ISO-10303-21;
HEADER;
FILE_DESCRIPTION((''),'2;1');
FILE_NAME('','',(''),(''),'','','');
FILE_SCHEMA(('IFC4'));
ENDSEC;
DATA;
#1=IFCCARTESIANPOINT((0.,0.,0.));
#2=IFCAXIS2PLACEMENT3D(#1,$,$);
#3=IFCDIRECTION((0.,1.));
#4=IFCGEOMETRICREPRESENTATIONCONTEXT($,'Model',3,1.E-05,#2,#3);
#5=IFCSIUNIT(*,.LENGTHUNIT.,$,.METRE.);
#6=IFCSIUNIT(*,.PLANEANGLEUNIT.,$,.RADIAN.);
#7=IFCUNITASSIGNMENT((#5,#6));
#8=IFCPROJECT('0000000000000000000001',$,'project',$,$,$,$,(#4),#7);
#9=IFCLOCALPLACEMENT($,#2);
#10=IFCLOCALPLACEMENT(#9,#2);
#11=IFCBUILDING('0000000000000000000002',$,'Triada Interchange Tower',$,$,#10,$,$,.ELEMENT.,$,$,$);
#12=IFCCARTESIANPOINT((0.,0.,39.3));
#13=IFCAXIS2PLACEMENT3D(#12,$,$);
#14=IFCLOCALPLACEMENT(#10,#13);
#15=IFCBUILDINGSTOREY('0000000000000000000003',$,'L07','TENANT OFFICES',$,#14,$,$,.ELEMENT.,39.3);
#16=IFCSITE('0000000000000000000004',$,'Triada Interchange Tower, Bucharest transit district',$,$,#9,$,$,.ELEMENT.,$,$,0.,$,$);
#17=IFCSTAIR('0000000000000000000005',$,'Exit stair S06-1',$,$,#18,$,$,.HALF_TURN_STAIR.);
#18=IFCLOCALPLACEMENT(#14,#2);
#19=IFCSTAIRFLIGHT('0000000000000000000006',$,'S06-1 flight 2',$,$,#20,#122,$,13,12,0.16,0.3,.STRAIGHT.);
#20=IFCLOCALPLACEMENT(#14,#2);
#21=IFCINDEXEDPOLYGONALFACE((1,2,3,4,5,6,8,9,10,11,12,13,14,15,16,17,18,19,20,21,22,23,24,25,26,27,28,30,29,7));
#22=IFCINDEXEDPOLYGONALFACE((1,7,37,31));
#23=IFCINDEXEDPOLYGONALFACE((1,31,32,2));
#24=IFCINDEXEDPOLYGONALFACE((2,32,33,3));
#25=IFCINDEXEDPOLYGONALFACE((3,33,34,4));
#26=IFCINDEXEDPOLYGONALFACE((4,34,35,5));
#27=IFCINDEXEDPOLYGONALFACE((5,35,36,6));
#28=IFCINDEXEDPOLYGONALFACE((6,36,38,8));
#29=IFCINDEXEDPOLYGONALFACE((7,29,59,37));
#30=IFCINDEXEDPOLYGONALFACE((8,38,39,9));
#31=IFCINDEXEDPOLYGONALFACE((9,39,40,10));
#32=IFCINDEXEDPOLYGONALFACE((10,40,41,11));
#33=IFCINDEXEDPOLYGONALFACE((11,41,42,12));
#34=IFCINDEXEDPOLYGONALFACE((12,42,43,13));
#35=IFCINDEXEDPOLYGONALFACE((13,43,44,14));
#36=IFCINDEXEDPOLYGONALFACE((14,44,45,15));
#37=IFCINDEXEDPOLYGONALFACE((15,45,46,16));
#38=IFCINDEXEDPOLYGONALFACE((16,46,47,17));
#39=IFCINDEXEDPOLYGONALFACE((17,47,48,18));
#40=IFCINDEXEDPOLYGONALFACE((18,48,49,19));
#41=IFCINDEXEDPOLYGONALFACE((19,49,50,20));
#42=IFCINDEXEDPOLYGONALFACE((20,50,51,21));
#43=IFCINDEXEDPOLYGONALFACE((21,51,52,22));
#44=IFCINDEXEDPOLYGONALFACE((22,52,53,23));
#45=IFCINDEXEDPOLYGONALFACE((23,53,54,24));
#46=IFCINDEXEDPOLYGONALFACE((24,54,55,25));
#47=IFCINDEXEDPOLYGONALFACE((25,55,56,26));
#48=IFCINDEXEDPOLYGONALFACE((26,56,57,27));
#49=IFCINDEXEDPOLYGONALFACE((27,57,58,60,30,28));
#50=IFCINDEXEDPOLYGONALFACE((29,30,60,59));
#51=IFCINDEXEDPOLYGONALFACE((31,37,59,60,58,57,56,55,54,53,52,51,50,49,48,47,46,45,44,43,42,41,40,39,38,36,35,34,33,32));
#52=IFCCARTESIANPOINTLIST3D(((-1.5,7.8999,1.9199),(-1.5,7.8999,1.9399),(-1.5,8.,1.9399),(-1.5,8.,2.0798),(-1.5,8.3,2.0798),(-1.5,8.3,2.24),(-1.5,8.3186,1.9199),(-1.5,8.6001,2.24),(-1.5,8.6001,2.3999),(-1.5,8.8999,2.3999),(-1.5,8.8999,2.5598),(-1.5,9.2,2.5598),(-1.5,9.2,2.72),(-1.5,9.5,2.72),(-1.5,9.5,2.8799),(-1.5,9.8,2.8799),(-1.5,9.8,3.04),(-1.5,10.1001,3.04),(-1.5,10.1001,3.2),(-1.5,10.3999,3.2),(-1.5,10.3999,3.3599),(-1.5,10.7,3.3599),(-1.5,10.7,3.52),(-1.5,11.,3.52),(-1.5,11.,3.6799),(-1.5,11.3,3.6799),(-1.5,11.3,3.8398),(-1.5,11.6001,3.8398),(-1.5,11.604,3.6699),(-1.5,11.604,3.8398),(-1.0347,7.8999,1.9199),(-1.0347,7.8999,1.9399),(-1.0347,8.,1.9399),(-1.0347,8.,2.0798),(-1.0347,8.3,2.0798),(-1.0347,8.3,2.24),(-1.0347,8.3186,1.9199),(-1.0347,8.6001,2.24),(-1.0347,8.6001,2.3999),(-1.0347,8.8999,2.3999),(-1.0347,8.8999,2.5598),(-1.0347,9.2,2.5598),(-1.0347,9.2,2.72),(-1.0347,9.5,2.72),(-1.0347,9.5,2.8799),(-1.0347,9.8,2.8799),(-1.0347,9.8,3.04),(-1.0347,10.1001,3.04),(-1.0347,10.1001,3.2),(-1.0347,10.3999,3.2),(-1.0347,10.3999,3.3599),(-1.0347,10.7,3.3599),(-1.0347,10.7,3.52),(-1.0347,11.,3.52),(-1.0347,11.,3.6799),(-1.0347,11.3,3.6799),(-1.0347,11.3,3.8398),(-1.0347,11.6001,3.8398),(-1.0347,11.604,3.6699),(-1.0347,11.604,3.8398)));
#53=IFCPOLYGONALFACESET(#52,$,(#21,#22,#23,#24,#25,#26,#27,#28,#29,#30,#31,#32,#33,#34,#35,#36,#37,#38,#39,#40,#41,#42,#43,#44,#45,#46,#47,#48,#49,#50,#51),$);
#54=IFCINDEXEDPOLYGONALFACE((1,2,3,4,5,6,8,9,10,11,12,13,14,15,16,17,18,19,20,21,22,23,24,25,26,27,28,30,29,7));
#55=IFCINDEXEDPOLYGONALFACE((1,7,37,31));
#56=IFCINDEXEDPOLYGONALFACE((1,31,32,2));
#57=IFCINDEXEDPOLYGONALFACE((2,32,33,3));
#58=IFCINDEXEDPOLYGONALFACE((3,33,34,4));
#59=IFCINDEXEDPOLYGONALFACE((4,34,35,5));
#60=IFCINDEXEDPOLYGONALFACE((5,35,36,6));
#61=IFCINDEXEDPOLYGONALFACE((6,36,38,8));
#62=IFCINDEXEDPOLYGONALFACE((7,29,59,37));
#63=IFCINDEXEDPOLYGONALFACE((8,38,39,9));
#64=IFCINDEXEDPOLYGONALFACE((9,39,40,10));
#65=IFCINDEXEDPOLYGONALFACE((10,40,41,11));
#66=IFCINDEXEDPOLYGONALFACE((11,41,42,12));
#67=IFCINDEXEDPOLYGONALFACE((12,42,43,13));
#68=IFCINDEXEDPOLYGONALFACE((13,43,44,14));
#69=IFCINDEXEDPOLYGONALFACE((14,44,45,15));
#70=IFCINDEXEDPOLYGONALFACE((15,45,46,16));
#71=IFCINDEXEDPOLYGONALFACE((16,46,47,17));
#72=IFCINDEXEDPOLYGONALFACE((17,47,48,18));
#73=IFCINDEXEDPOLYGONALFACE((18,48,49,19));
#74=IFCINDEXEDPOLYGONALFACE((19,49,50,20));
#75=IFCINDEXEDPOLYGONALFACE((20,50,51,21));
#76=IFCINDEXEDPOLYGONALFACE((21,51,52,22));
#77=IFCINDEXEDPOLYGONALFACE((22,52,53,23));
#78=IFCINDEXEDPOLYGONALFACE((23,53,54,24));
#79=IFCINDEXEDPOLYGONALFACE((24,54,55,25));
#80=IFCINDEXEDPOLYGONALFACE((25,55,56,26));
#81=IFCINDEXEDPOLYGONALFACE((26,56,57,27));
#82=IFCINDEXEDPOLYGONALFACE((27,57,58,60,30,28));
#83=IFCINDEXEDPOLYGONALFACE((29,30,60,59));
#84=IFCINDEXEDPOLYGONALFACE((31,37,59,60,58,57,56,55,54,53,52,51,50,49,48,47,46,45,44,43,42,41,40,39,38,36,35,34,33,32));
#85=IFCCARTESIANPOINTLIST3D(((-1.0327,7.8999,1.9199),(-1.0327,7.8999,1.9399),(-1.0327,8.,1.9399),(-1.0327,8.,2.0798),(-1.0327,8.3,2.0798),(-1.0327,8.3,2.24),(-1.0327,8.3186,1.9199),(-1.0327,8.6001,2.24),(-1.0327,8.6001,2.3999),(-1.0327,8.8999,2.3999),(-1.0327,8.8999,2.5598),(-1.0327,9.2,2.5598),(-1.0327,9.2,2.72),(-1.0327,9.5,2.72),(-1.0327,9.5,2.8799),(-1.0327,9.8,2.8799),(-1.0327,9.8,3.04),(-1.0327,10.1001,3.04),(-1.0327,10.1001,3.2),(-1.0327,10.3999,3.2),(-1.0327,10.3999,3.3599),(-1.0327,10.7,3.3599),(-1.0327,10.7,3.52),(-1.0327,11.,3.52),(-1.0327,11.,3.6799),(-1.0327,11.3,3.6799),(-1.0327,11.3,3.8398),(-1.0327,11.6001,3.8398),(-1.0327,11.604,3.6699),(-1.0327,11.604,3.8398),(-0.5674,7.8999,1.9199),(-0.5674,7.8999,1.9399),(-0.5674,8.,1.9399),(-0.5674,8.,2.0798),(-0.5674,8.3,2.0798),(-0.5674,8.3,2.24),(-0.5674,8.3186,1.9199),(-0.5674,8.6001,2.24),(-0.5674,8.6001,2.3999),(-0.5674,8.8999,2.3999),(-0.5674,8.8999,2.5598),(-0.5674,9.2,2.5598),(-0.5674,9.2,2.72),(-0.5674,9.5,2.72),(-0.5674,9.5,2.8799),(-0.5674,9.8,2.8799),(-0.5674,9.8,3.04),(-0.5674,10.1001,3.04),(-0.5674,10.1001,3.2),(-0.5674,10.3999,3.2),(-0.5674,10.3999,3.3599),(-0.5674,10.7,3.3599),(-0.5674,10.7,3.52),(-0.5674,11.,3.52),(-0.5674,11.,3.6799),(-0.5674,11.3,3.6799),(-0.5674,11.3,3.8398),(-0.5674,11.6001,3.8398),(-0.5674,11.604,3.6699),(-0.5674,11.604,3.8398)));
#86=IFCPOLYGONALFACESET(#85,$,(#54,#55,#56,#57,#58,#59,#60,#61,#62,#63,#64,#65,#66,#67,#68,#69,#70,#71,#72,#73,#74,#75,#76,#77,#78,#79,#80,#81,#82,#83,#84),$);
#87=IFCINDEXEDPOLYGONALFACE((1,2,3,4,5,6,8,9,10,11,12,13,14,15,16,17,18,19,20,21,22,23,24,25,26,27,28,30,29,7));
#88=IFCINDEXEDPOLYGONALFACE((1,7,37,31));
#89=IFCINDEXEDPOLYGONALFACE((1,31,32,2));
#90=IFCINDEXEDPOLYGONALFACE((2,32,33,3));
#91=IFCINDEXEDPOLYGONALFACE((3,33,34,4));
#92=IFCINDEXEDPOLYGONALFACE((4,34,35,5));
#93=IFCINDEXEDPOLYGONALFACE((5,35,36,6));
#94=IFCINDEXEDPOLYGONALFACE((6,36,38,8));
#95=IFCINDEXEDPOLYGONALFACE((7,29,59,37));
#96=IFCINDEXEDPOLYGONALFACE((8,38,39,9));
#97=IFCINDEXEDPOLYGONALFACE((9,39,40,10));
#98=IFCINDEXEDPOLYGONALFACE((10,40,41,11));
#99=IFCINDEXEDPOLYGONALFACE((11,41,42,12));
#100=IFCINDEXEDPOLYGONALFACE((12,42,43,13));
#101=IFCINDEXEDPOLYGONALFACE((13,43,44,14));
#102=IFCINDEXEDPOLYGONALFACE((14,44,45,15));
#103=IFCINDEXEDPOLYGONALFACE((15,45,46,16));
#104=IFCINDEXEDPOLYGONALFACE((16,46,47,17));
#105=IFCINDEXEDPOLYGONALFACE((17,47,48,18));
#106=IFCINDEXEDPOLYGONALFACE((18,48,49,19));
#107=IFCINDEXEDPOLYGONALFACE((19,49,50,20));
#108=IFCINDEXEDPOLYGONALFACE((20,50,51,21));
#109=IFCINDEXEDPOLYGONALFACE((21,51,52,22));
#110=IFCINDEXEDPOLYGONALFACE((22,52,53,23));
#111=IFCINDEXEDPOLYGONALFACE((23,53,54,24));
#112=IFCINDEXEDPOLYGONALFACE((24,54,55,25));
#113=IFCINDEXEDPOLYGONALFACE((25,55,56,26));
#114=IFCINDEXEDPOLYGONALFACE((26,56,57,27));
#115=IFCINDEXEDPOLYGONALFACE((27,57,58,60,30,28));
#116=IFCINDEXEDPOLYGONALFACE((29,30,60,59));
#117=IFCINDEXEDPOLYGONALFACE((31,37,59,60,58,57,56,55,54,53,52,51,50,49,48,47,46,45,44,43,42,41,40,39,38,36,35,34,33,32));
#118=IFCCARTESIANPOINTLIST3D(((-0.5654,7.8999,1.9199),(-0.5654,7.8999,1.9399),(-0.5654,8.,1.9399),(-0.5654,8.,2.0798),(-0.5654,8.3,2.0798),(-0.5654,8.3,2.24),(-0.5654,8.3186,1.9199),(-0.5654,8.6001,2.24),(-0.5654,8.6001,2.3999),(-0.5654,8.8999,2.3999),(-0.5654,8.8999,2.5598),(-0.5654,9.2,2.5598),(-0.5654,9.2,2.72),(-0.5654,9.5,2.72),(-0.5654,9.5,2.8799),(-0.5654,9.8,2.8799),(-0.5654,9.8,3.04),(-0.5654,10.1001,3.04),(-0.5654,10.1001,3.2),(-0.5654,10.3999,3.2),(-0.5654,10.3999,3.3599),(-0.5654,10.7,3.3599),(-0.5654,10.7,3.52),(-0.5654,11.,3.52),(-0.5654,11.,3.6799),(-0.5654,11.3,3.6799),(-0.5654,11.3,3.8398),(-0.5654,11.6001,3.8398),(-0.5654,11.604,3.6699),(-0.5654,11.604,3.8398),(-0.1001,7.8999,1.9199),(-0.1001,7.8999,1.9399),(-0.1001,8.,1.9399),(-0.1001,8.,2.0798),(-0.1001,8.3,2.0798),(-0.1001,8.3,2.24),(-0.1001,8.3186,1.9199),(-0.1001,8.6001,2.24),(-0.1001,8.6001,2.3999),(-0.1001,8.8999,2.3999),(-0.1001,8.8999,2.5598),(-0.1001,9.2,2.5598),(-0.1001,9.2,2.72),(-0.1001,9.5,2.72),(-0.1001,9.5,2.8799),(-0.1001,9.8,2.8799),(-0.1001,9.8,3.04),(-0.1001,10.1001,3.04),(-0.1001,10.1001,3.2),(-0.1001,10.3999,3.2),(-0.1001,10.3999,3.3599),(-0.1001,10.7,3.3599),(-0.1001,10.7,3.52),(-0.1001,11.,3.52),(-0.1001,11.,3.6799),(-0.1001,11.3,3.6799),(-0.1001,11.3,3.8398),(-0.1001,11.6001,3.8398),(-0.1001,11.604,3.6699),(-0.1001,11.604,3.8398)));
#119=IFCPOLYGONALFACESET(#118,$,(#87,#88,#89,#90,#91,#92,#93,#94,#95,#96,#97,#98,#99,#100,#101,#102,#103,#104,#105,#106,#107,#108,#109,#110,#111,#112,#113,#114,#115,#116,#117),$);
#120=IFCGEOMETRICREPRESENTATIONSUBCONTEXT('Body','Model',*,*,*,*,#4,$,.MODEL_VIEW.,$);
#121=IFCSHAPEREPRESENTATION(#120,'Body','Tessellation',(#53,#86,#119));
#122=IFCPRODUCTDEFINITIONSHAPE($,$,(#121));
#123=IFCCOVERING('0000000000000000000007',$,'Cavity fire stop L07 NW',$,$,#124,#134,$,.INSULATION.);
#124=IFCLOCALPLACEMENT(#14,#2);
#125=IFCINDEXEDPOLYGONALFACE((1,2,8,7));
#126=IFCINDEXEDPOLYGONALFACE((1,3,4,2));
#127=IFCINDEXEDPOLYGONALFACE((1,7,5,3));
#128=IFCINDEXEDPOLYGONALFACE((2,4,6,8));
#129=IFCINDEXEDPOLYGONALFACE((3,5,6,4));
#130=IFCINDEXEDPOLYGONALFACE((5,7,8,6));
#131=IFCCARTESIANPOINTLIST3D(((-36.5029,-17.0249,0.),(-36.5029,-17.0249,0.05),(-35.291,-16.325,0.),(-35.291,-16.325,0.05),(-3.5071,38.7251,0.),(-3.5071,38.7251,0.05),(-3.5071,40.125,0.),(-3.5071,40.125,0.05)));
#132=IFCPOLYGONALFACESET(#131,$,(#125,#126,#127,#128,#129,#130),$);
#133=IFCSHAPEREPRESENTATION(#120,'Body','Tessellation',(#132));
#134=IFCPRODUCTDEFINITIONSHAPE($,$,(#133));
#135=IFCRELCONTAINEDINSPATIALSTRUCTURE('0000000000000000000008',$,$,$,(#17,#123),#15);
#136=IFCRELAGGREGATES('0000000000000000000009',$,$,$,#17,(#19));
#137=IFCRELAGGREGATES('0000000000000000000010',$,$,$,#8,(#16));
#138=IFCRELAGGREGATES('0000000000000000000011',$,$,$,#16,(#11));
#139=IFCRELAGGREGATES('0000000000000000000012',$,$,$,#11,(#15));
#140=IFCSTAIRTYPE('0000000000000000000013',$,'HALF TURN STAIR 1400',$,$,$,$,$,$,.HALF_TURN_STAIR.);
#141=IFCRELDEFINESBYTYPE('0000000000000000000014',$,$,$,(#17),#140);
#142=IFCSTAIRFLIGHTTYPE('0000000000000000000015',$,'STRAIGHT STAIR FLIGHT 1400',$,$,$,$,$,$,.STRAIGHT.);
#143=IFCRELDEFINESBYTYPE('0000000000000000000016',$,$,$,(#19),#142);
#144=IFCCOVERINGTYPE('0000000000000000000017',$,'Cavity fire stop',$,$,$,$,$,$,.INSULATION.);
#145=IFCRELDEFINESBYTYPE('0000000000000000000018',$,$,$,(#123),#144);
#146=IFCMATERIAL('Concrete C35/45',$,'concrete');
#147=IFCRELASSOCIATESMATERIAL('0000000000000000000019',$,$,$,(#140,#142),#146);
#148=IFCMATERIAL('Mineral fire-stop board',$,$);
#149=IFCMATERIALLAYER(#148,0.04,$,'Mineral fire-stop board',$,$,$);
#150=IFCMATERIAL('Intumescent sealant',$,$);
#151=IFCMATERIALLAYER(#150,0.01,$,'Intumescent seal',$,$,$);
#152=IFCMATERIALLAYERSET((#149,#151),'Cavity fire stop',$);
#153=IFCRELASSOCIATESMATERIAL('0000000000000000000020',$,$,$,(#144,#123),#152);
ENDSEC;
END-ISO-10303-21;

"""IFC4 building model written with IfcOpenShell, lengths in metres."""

from ifc_helpers import new_model, si_unit, direction, frame, origin, place, context, subcontext, project, spatial, polyline, outline, extrude, material, layer, layer_set, layer_usage, type_object, element, aggregate, save


model = new_model("IFC4")

# Units and contexts
model_context = context("Model", 3, precision=1e-05, world=origin(), true_north=direction((0.0, 1.0)))
body_context = subcontext(model_context, "Body", "Model", "MODEL_VIEW")
ifc_project = project(units=[si_unit("LENGTHUNIT", "METRE"), si_unit("PLANEANGLEUNIT", "RADIAN")], contexts=[model_context])

# Site, building, storey
site_placement = place(None, origin())
site = spatial("IfcSite", under=ifc_project, at=site_placement, Name="Triada Interchange Tower, Bucharest transit district", CompositionType="ELEMENT", RefElevation=0.0)
building_placement = place(site_placement, origin())
building = spatial("IfcBuilding", under=site, at=building_placement, Name="Triada Interchange Tower", CompositionType="ELEMENT")
storey_placement = place(building_placement, frame((0.0, 0.0, 39.3)))
storey = spatial("IfcBuildingStorey", under=building, at=storey_placement, Name="L07", Description="TENANT OFFICES", CompositionType="ELEMENT", Elevation=39.3)

# Stair, stair flight
ifc_material_1 = material(Name="Concrete C35/45", Category="concrete")
stair_type = type_object("IfcStairType", Name="HALF TURN STAIR 1400", PredefinedType="HALF_TURN_STAIR", material=ifc_material_1)
stair_placement = place(storey_placement, origin())
stair = element("IfcStair", 1, at=stair_placement, inside=storey, type_object=stair_type, Name="Exit stair S06-1", PredefinedType="HALF_TURN_STAIR")
stair_flight_type = type_object("IfcStairFlightType", Name="STRAIGHT STAIR FLIGHT 1400", PredefinedType="STRAIGHT", material=ifc_material_1)
stair_flight_placement = place(storey_placement, frame((-0.8, 8.0, 1.9199), z_axis=(0.0, 0.0, 1.0), x_axis=(0.0, 1.0, 0.0)))
stair_flight = element("IfcStairFlight", 2, at=stair_flight_placement, type_object=stair_flight_type, Name="S06-1 flight 2", NumberOfRisers=13, NumberOfTreads=12, PredefinedType="STRAIGHT", RiserHeight=0.16, TreadLength=0.3, context=body_context, shape_type="SweptSolid", body=[
    extrude(outline(polyline([(-0.1001, 0.0), (-0.1001, 0.02), (0.0, 0.02), (0.0, 0.1599), (0.3, 0.1599), (0.3, 0.3201), (0.6001, 0.3201), (0.6001, 0.48), (0.8999, 0.48), (0.8999, 0.6399), (1.2, 0.6399), (1.2, 0.8), (1.5, 0.8), (1.5, 0.96), (1.8, 0.96), (1.8, 1.1201), (2.1001, 1.1201), (2.1001, 1.28), (2.3999, 1.28), (2.3999, 1.4399), (2.7, 1.4399), (2.7, 1.6001), (3.0, 1.6001), (3.0, 1.76), (3.3, 1.76), (3.3, 1.9199), (3.6001, 1.9199), (3.604, 1.9199), (3.604, 2.0801), (3.604, 1.75), (0.3186, 0.0), (-0.1001, 0.0)])), frame((0.0, 0.7, 0.0), z_axis=(0.0, -1.0, 0.0), x_axis=(1.0, 0.0, 0.0)), (0.0, 0.0, 1.0), 0.4653),
    extrude(outline(polyline([(-0.1001, 0.0), (-0.1001, 0.02), (0.0, 0.02), (0.0, 0.1599), (0.3, 0.1599), (0.3, 0.3201), (0.6001, 0.3201), (0.6001, 0.48), (0.8999, 0.48), (0.8999, 0.6399), (1.2, 0.6399), (1.2, 0.8), (1.5, 0.8), (1.5, 0.96), (1.8, 0.96), (1.8, 1.1201), (2.1001, 1.1201), (2.1001, 1.28), (2.3999, 1.28), (2.3999, 1.4399), (2.7, 1.4399), (2.7, 1.6001), (3.0, 1.6001), (3.0, 1.76), (3.3, 1.76), (3.3, 1.9199), (3.6001, 1.9199), (3.604, 1.9199), (3.604, 2.0801), (3.604, 1.75), (0.3186, 0.0), (-0.1001, 0.0)])), frame((0.0, 0.2327, 0.0), z_axis=(0.0, -1.0, 0.0), x_axis=(1.0, 0.0, 0.0)), (0.0, 0.0, 1.0), 0.4653),
    extrude(outline(polyline([(-0.1001, 0.0), (-0.1001, 0.02), (0.0, 0.02), (0.0, 0.1599), (0.3, 0.1599), (0.3, 0.3201), (0.6001, 0.3201), (0.6001, 0.48), (0.8999, 0.48), (0.8999, 0.6399), (1.2, 0.6399), (1.2, 0.8), (1.5, 0.8), (1.5, 0.96), (1.8, 0.96), (1.8, 1.1201), (2.1001, 1.1201), (2.1001, 1.28), (2.3999, 1.28), (2.3999, 1.4399), (2.7, 1.4399), (2.7, 1.6001), (3.0, 1.6001), (3.0, 1.76), (3.3, 1.76), (3.3, 1.9199), (3.6001, 1.9199), (3.604, 1.9199), (3.604, 2.0801), (3.604, 1.75), (0.3186, 0.0), (-0.1001, 0.0)])), frame((0.0, -0.2346, 0.0), z_axis=(0.0, -1.0, 0.0), x_axis=(1.0, 0.0, 0.0)), (0.0, 0.0, 1.0), 0.4653),
])

# Covering
ifc_material_2 = material(Name="Mineral fire-stop board")
ifc_layer_1 = layer(ifc_material_2, 0.04, Name="Mineral fire-stop board")
ifc_material_3 = material(Name="Intumescent sealant")
ifc_layer_2 = layer(ifc_material_3, 0.01, Name="Intumescent seal")
ifc_layer_set_1 = layer_set([ifc_layer_1, ifc_layer_2], Name="Cavity fire stop")
ifc_layer_usage = layer_usage(ifc_layer_set_1, "AXIS3", "POSITIVE", 0.0)
covering_type = type_object("IfcCoveringType", Name="Cavity fire stop", PredefinedType="INSULATION", material=ifc_layer_set_1)
covering_placement = place(storey_placement, origin())
element("IfcCovering", 3, at=covering_placement, inside=storey, type_object=covering_type, material=ifc_layer_usage, Name="Cavity fire stop L07 NW", PredefinedType="INSULATION", context=body_context, shape_type="SweptSolid", body=[
    extrude(outline(polyline([(-3.5071, 38.7251), (-3.5071, 40.125), (-36.5029, -17.0249), (-35.291, -16.325), (-3.5071, 38.7251)])), origin(), (0.0, 0.0, 1.0), 0.05),
])

aggregate(stair, [stair_flight])

save(model, "model.ifc")
